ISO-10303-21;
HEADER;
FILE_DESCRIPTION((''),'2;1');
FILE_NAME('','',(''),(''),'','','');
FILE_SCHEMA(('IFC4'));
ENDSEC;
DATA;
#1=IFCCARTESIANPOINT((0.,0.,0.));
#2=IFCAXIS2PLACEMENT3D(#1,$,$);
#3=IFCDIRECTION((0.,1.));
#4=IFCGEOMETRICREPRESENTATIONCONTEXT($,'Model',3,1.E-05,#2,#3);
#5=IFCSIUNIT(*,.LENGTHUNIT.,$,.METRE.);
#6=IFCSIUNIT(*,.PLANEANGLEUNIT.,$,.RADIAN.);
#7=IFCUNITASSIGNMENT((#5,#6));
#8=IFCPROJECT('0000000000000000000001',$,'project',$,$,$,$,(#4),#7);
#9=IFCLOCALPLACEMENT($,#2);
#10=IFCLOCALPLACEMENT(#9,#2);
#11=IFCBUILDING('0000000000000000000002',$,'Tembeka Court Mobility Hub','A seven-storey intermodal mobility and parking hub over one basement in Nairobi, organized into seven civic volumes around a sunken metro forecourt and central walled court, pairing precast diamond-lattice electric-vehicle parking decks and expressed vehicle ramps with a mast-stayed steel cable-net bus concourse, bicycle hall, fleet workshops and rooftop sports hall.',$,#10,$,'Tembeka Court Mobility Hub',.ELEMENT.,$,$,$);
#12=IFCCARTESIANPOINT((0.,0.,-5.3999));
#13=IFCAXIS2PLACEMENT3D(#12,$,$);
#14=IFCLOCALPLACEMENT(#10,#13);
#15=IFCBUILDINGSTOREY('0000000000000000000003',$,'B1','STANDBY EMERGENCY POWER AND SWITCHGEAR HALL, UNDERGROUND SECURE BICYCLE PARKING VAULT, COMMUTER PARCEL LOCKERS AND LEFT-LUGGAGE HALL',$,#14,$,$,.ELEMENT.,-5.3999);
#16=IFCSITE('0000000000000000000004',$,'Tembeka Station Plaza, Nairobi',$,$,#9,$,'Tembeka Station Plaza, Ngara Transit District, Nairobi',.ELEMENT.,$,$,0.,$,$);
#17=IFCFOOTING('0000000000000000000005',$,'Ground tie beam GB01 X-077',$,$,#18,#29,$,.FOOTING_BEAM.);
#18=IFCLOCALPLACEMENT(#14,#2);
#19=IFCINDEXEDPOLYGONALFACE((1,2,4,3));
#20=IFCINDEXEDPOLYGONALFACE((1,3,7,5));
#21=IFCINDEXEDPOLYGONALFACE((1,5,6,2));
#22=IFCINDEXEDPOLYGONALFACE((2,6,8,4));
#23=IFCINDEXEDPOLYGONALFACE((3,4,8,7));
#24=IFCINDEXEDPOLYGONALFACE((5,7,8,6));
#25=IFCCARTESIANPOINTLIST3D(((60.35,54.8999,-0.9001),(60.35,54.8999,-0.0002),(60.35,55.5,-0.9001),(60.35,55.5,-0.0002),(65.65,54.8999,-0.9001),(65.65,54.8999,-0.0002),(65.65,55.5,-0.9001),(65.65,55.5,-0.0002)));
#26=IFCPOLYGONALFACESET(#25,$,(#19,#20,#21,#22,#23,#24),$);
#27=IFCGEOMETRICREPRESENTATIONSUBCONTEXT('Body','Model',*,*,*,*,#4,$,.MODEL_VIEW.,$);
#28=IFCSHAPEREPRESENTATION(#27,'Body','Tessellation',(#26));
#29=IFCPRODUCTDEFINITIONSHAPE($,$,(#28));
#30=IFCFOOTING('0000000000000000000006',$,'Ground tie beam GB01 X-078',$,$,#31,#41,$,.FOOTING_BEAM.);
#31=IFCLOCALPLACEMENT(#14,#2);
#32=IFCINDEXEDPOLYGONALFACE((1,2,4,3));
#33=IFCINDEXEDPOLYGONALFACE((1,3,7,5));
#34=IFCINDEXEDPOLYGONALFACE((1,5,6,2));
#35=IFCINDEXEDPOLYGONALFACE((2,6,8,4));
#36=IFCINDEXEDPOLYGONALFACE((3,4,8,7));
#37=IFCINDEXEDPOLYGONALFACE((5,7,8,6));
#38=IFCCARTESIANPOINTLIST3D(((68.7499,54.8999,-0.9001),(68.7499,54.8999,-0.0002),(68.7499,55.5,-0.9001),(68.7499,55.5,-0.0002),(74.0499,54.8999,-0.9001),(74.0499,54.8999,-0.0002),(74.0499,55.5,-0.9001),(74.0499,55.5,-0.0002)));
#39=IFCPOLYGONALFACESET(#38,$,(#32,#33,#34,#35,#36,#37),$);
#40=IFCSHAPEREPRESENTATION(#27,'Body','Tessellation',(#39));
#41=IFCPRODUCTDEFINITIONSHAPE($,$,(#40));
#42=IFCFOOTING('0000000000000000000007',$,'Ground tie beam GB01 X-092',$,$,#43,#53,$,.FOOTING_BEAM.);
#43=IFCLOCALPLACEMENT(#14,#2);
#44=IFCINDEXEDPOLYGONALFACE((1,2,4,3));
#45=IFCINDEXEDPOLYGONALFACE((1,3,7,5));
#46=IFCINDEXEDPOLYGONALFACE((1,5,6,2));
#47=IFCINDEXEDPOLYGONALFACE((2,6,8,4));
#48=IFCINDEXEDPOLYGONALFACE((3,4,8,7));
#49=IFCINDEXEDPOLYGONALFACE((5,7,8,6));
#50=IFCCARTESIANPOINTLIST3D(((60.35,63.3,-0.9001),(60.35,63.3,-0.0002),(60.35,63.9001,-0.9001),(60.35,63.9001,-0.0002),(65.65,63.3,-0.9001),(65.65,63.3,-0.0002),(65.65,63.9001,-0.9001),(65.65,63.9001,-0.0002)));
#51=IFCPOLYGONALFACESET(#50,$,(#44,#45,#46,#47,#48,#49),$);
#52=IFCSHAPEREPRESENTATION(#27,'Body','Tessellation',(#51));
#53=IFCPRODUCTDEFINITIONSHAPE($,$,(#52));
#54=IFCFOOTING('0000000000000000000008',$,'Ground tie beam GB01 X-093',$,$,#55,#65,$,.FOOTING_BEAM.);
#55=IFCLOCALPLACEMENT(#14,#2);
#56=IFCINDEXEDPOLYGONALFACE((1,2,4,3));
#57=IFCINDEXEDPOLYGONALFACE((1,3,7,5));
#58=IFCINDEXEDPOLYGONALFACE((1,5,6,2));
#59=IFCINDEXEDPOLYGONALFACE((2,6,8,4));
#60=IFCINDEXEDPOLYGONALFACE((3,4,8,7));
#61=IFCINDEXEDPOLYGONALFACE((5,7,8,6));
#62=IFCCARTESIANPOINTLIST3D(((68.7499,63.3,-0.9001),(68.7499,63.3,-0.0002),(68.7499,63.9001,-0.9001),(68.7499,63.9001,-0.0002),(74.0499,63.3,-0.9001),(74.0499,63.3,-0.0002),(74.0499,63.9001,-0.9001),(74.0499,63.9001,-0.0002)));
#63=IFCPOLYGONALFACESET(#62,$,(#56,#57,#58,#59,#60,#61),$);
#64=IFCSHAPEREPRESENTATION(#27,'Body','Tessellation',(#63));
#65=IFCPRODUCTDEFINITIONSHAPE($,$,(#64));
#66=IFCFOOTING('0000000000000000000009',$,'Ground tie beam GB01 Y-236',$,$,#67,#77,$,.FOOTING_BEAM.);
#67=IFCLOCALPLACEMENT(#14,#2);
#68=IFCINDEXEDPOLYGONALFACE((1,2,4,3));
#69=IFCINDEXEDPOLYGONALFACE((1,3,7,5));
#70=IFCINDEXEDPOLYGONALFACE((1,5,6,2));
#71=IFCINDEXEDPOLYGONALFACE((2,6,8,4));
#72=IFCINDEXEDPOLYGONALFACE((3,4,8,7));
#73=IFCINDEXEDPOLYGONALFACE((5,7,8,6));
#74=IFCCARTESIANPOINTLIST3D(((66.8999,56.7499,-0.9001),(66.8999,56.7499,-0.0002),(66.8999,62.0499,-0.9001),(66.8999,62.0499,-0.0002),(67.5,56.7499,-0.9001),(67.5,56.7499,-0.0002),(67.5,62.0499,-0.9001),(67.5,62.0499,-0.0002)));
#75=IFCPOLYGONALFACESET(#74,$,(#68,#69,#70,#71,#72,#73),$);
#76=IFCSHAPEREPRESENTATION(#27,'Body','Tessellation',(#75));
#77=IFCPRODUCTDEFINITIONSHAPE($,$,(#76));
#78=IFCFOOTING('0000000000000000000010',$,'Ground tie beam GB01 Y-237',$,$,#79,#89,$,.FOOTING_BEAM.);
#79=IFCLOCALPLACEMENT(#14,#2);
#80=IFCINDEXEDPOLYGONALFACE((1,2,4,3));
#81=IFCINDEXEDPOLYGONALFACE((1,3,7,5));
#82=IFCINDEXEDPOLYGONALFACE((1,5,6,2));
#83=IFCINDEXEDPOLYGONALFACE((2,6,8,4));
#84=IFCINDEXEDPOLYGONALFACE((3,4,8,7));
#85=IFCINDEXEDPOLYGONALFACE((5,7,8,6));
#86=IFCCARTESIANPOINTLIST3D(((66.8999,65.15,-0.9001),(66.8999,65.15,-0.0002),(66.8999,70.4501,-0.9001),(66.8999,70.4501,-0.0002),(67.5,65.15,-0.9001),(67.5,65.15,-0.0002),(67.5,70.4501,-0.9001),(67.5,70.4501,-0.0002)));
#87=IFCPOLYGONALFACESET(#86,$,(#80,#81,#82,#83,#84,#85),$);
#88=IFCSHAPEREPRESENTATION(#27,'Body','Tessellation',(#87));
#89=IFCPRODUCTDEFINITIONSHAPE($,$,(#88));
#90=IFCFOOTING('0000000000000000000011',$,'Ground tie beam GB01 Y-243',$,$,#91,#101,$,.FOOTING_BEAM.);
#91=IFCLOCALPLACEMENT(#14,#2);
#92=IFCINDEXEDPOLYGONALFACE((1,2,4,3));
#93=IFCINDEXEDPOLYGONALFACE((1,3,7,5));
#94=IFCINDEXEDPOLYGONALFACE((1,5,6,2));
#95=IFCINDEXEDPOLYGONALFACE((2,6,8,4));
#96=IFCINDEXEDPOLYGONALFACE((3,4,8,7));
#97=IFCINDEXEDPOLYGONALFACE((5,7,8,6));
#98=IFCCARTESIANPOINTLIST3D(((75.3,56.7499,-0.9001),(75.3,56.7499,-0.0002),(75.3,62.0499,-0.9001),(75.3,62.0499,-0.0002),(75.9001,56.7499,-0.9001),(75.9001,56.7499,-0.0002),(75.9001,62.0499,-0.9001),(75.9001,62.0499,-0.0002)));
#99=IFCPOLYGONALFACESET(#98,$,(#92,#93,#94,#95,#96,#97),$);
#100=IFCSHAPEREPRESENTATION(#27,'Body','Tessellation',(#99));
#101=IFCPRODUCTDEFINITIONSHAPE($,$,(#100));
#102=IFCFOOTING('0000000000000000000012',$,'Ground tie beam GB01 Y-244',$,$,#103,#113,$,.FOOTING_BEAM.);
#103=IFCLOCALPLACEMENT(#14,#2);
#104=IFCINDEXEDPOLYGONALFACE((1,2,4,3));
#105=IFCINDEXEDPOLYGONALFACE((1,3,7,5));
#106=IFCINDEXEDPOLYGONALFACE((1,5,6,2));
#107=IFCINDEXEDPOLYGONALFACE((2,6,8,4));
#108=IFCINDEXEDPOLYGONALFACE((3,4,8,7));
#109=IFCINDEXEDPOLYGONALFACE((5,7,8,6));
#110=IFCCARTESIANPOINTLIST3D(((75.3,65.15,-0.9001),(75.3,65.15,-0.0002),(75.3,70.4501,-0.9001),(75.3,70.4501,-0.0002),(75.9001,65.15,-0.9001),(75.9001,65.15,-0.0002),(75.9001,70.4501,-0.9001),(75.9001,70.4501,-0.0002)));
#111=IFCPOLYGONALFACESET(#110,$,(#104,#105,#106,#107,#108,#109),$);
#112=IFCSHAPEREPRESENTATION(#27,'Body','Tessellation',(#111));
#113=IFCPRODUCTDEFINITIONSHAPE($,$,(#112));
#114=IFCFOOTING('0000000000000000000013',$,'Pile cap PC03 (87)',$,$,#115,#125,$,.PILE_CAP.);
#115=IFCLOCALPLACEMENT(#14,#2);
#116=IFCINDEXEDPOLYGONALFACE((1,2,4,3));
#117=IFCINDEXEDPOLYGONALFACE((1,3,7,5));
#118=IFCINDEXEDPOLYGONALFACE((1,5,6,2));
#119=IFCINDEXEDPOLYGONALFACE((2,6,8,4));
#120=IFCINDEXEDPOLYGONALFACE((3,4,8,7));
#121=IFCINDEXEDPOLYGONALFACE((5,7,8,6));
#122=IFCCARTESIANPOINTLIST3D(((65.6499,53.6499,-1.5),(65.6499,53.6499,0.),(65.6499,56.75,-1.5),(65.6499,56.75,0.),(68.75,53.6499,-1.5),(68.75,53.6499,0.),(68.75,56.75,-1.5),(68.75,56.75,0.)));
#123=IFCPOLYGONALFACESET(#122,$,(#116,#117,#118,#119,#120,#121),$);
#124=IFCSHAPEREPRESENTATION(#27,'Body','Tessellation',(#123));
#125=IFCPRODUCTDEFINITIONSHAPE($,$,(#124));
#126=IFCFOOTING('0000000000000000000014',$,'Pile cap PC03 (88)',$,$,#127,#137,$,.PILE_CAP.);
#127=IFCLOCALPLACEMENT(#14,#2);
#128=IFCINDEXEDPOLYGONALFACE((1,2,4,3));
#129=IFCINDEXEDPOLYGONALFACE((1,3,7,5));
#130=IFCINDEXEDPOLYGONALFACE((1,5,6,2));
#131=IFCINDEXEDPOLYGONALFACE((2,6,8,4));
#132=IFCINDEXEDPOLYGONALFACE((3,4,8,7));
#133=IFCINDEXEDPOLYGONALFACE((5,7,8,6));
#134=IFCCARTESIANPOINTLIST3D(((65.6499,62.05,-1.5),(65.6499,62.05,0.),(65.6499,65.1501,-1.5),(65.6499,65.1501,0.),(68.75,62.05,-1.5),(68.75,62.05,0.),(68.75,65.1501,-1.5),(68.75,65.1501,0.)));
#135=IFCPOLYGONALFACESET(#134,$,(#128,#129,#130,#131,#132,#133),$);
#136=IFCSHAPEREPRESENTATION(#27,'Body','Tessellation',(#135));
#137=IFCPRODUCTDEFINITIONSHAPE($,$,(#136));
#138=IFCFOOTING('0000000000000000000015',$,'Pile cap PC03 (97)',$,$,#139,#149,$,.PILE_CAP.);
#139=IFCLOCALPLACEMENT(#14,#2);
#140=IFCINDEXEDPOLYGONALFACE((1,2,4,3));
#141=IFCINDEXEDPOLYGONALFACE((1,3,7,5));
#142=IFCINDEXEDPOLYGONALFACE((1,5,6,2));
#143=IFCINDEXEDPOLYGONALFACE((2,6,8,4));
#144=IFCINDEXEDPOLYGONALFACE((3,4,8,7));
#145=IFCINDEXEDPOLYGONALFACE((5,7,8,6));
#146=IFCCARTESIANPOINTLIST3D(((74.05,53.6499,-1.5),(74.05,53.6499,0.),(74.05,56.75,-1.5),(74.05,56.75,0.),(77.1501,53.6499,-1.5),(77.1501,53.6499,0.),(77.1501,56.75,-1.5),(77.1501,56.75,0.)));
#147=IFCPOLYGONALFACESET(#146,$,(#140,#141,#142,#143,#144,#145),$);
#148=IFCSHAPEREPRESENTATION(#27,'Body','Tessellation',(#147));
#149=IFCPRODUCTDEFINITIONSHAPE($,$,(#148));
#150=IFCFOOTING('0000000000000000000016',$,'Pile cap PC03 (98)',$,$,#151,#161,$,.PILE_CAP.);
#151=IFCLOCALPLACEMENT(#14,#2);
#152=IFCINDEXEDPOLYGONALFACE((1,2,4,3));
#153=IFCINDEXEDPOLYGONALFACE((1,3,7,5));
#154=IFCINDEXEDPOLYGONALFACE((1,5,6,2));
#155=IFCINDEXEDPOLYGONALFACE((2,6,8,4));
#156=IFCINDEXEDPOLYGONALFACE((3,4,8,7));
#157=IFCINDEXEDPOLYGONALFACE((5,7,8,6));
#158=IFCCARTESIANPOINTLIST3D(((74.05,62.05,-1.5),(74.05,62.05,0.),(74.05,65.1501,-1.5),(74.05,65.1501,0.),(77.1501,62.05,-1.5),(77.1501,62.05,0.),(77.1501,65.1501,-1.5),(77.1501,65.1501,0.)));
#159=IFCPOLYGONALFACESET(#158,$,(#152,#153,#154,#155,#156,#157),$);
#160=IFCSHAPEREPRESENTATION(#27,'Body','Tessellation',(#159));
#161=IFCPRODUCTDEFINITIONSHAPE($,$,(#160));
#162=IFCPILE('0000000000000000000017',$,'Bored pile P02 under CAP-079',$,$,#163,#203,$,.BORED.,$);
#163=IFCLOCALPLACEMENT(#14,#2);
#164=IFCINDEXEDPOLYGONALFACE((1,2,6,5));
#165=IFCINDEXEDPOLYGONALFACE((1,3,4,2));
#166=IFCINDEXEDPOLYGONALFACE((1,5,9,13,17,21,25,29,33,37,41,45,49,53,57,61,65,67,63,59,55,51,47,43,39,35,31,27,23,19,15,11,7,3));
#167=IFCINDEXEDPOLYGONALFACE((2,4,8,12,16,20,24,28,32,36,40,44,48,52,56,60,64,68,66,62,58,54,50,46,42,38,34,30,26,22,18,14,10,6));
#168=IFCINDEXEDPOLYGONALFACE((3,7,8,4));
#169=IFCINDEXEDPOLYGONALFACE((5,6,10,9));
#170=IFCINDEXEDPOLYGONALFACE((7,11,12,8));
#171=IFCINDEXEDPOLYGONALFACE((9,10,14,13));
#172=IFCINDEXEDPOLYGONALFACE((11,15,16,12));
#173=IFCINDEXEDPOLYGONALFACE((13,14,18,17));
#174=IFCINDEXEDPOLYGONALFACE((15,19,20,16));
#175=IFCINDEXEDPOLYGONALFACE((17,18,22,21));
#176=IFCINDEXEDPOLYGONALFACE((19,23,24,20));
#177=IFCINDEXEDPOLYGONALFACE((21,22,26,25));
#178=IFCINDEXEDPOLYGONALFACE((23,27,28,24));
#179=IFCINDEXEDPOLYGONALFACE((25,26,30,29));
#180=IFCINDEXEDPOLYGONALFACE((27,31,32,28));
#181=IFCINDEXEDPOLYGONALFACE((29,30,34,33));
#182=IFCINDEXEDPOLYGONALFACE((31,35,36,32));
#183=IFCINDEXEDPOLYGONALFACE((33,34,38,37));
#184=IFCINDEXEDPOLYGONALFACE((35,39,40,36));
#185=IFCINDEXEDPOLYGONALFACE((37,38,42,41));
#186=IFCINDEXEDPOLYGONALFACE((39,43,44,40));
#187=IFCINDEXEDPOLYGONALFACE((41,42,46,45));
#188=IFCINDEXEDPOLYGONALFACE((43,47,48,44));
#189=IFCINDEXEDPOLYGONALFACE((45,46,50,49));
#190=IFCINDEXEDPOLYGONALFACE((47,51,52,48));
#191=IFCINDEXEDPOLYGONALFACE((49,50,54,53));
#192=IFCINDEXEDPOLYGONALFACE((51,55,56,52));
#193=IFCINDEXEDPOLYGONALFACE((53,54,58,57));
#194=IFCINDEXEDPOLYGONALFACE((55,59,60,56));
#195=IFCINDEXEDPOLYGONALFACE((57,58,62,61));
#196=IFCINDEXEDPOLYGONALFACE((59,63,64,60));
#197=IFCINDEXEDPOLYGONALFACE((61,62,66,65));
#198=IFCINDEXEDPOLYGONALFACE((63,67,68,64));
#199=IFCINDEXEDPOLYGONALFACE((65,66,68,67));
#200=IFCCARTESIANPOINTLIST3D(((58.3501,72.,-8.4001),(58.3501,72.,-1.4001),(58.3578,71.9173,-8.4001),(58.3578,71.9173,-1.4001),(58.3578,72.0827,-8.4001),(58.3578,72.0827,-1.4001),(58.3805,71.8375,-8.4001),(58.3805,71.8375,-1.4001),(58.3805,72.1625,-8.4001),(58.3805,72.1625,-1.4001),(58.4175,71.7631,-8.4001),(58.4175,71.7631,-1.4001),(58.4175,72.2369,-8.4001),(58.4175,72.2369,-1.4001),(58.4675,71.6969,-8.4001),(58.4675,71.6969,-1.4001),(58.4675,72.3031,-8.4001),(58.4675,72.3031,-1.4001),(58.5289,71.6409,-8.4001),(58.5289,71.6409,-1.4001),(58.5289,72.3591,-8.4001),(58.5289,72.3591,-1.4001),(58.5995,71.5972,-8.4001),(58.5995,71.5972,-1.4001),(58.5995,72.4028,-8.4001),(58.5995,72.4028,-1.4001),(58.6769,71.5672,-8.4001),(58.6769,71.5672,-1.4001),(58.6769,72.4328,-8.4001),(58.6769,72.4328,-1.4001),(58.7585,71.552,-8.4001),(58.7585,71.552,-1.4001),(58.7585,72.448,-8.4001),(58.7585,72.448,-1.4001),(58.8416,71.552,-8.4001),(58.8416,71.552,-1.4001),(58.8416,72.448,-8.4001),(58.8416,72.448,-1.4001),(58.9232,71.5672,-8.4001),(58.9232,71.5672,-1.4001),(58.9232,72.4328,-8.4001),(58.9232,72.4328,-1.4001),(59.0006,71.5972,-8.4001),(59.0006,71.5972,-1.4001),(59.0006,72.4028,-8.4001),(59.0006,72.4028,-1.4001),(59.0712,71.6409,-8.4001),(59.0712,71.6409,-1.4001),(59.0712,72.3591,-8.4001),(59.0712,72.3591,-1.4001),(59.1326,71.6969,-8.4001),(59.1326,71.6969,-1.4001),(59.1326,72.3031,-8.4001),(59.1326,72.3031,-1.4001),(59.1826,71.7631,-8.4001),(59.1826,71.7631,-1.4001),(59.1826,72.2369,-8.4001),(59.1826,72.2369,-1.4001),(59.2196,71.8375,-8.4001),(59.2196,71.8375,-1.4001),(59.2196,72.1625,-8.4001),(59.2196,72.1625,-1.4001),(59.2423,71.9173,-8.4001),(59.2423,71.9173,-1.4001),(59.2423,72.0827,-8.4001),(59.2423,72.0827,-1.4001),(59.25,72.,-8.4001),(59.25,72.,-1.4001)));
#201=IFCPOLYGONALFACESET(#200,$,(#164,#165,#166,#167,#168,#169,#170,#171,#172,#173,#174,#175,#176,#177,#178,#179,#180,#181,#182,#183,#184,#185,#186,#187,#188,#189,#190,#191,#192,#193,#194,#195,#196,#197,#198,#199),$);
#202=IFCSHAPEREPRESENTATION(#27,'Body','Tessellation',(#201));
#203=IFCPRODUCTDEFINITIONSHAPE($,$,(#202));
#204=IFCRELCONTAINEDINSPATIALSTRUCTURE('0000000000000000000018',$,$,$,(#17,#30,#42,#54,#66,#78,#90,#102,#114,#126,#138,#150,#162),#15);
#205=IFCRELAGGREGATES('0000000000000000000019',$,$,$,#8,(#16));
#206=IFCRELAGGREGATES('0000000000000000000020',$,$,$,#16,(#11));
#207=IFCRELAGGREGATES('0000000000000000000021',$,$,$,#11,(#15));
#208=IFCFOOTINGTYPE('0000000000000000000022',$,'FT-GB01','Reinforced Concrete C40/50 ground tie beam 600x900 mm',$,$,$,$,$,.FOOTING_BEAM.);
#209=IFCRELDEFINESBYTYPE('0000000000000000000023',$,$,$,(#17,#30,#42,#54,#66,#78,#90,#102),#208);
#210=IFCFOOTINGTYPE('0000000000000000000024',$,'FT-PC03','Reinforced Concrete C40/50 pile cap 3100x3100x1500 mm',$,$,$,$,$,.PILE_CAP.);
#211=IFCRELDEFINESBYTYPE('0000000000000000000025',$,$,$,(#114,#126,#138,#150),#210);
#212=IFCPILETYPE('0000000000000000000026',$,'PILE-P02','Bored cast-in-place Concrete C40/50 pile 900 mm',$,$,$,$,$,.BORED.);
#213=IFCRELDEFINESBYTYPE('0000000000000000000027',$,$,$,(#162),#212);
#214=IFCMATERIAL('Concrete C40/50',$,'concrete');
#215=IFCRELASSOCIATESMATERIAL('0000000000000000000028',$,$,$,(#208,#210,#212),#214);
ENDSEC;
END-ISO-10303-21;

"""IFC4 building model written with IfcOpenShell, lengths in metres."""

from ifc_helpers import new_model, si_unit, direction, frame, origin, origin_2d, place, context, subcontext, project, spatial, rectangle, circle, extrude, material, material_profile, profile_set, type_object, element, save


model = new_model("IFC4")

# Units and contexts
model_context = context("Model", 3, precision=1e-05, world=origin(), true_north=direction((0.0, 1.0)))
body_context = subcontext(model_context, "Body", "Model", "MODEL_VIEW")
ifc_project = project(units=[si_unit("LENGTHUNIT", "METRE"), si_unit("PLANEANGLEUNIT", "RADIAN")], contexts=[model_context])

# Site, building, storey
site_placement = place(None, origin())
site = spatial("IfcSite", under=ifc_project, at=site_placement, Name="Tembeka Station Plaza, Nairobi", LongName="Tembeka Station Plaza, Ngara Transit District, Nairobi", CompositionType="ELEMENT", RefElevation=0.0)
building_placement = place(site_placement, origin())
building = spatial("IfcBuilding", under=site, at=building_placement, Name="Tembeka Court Mobility Hub", Description="A seven-storey intermodal mobility and parking hub over one basement in Nairobi, organized into seven civic volumes around a sunken metro forecourt and central walled court, pairing precast diamond-lattice electric-vehicle parking decks and expressed vehicle ramps with a mast-stayed steel cable-net bus concourse, bicycle hall, fleet workshops and rooftop sports hall.", LongName="Tembeka Court Mobility Hub", CompositionType="ELEMENT")
storey_placement = place(building_placement, frame((0.0, 0.0, -5.3999)))
storey = spatial("IfcBuildingStorey", under=building, at=storey_placement, Name="B1", Description="STANDBY EMERGENCY POWER AND SWITCHGEAR HALL, UNDERGROUND SECURE BICYCLE PARKING VAULT, COMMUTER PARCEL LOCKERS AND LEFT-LUGGAGE HALL", CompositionType="ELEMENT", Elevation=-5.3999)

# Footings
ifc_material_1 = material(Name="Concrete C40/50", Category="concrete")
footing_type_1 = type_object("IfcFootingType", Name="FT-GB01", Description="Reinforced Concrete C40/50 ground tie beam 600x900 mm", PredefinedType="FOOTING_BEAM", material=ifc_material_1)
for number, where, z_axis, x_axis, name in (
    (1, (63.0, 55.2, -0.9001), (0.0, 0.0, 1.0), (1.0, 0.0, 0.0), "Ground tie beam GB01 X-077"),
    (2, (71.3999, 55.2, -0.9001), (0.0, 0.0, 1.0), (1.0, 0.0, 0.0), "Ground tie beam GB01 X-078"),
    (3, (63.0, 63.6001, -0.9001), (0.0, 0.0, 1.0), (1.0, 0.0, 0.0), "Ground tie beam GB01 X-092"),
    (4, (71.3999, 63.6001, -0.9001), (0.0, 0.0, 1.0), (1.0, 0.0, 0.0), "Ground tie beam GB01 X-093"),
    (5, (67.2, 59.3999, -0.9001), (0.0, 0.0, 1.0), (0.0, 1.0, 0.0), "Ground tie beam GB01 Y-236"),
    (6, (67.2, 67.8, -0.9001), (0.0, 0.0, 1.0), (0.0, 1.0, 0.0), "Ground tie beam GB01 Y-237"),
    (7, (75.6001, 59.3999, -0.9001), (0.0, 0.0, 1.0), (0.0, 1.0, 0.0), "Ground tie beam GB01 Y-243"),
    (8, (75.6001, 67.8, -0.9001), (0.0, 0.0, 1.0), (0.0, 1.0, 0.0), "Ground tie beam GB01 Y-244"),
):
    element("IfcFooting", number, at=place(storey_placement, frame(where, z_axis=z_axis, x_axis=x_axis)), inside=storey, type_object=footing_type_1, Name=name, PredefinedType="FOOTING_BEAM", context=body_context, shape_type="SweptSolid", body=[
        extrude(rectangle(XDim=5.3, YDim=0.6001, at=origin_2d()), origin(), (0.0, 0.0, 1.0), 0.8999),
    ])
footing_type_2 = type_object("IfcFootingType", Name="FT-PC03", Description="Reinforced Concrete C40/50 pile cap 3100x3100x1500 mm", PredefinedType="PILE_CAP", material=ifc_material_1)
for number, where, z_axis, x_axis, name in (
    (9, (67.2, 55.2, -1.5), (0.0, 0.0, 1.0), (1.0, 0.0, 0.0), "Pile cap PC03 (87)"),
    (10, (67.2, 63.6001, -1.5), (0.0, 0.0, 1.0), (1.0, 0.0, 0.0), "Pile cap PC03 (88)"),
    (11, (75.6001, 55.2, -1.5), (0.0, 0.0, 1.0), (1.0, 0.0, 0.0), "Pile cap PC03 (97)"),
    (12, (75.6001, 63.6001, -1.5), (0.0, 0.0, 1.0), (1.0, 0.0, 0.0), "Pile cap PC03 (98)"),
):
    element("IfcFooting", number, at=place(storey_placement, frame(where, z_axis=z_axis, x_axis=x_axis)), inside=storey, type_object=footing_type_2, Name=name, PredefinedType="PILE_CAP", context=body_context, shape_type="SweptSolid", body=[
        extrude(rectangle(XDim=3.1001, YDim=3.1001, at=origin_2d()), origin(), (0.0, 0.0, 1.0), 1.5),
    ])

# Pile
ifc_material_profile_1 = material_profile(ifc_material_1, circle(Radius=0.45, at=origin_2d()), Name="PILE D900")
ifc_profile_set_1 = profile_set([ifc_material_profile_1], Name="Concrete C40/50")
pile_type = type_object("IfcPileType", Name="PILE-P02", Description="Bored cast-in-place Concrete C40/50 pile 900 mm", PredefinedType="BORED", material=ifc_profile_set_1)
for number, where, z_axis, x_axis, name in (
    (13, (58.8, 72.0, -1.4001), (0.0, 0.0, -1.0), (1.0, 0.0, 0.0), "Bored pile P02 under CAP-079"),
):
    element("IfcPile", number, at=place(storey_placement, frame(where, z_axis=z_axis, x_axis=x_axis)), inside=storey, type_object=pile_type, Name=name, PredefinedType="BORED", context=body_context, shape_type="SweptSolid", body=[
        extrude(circle(Radius=0.45, at=origin_2d()), origin(), (0.0, 0.0, 1.0), 7.0),
    ])

save(model, "model.ifc")
